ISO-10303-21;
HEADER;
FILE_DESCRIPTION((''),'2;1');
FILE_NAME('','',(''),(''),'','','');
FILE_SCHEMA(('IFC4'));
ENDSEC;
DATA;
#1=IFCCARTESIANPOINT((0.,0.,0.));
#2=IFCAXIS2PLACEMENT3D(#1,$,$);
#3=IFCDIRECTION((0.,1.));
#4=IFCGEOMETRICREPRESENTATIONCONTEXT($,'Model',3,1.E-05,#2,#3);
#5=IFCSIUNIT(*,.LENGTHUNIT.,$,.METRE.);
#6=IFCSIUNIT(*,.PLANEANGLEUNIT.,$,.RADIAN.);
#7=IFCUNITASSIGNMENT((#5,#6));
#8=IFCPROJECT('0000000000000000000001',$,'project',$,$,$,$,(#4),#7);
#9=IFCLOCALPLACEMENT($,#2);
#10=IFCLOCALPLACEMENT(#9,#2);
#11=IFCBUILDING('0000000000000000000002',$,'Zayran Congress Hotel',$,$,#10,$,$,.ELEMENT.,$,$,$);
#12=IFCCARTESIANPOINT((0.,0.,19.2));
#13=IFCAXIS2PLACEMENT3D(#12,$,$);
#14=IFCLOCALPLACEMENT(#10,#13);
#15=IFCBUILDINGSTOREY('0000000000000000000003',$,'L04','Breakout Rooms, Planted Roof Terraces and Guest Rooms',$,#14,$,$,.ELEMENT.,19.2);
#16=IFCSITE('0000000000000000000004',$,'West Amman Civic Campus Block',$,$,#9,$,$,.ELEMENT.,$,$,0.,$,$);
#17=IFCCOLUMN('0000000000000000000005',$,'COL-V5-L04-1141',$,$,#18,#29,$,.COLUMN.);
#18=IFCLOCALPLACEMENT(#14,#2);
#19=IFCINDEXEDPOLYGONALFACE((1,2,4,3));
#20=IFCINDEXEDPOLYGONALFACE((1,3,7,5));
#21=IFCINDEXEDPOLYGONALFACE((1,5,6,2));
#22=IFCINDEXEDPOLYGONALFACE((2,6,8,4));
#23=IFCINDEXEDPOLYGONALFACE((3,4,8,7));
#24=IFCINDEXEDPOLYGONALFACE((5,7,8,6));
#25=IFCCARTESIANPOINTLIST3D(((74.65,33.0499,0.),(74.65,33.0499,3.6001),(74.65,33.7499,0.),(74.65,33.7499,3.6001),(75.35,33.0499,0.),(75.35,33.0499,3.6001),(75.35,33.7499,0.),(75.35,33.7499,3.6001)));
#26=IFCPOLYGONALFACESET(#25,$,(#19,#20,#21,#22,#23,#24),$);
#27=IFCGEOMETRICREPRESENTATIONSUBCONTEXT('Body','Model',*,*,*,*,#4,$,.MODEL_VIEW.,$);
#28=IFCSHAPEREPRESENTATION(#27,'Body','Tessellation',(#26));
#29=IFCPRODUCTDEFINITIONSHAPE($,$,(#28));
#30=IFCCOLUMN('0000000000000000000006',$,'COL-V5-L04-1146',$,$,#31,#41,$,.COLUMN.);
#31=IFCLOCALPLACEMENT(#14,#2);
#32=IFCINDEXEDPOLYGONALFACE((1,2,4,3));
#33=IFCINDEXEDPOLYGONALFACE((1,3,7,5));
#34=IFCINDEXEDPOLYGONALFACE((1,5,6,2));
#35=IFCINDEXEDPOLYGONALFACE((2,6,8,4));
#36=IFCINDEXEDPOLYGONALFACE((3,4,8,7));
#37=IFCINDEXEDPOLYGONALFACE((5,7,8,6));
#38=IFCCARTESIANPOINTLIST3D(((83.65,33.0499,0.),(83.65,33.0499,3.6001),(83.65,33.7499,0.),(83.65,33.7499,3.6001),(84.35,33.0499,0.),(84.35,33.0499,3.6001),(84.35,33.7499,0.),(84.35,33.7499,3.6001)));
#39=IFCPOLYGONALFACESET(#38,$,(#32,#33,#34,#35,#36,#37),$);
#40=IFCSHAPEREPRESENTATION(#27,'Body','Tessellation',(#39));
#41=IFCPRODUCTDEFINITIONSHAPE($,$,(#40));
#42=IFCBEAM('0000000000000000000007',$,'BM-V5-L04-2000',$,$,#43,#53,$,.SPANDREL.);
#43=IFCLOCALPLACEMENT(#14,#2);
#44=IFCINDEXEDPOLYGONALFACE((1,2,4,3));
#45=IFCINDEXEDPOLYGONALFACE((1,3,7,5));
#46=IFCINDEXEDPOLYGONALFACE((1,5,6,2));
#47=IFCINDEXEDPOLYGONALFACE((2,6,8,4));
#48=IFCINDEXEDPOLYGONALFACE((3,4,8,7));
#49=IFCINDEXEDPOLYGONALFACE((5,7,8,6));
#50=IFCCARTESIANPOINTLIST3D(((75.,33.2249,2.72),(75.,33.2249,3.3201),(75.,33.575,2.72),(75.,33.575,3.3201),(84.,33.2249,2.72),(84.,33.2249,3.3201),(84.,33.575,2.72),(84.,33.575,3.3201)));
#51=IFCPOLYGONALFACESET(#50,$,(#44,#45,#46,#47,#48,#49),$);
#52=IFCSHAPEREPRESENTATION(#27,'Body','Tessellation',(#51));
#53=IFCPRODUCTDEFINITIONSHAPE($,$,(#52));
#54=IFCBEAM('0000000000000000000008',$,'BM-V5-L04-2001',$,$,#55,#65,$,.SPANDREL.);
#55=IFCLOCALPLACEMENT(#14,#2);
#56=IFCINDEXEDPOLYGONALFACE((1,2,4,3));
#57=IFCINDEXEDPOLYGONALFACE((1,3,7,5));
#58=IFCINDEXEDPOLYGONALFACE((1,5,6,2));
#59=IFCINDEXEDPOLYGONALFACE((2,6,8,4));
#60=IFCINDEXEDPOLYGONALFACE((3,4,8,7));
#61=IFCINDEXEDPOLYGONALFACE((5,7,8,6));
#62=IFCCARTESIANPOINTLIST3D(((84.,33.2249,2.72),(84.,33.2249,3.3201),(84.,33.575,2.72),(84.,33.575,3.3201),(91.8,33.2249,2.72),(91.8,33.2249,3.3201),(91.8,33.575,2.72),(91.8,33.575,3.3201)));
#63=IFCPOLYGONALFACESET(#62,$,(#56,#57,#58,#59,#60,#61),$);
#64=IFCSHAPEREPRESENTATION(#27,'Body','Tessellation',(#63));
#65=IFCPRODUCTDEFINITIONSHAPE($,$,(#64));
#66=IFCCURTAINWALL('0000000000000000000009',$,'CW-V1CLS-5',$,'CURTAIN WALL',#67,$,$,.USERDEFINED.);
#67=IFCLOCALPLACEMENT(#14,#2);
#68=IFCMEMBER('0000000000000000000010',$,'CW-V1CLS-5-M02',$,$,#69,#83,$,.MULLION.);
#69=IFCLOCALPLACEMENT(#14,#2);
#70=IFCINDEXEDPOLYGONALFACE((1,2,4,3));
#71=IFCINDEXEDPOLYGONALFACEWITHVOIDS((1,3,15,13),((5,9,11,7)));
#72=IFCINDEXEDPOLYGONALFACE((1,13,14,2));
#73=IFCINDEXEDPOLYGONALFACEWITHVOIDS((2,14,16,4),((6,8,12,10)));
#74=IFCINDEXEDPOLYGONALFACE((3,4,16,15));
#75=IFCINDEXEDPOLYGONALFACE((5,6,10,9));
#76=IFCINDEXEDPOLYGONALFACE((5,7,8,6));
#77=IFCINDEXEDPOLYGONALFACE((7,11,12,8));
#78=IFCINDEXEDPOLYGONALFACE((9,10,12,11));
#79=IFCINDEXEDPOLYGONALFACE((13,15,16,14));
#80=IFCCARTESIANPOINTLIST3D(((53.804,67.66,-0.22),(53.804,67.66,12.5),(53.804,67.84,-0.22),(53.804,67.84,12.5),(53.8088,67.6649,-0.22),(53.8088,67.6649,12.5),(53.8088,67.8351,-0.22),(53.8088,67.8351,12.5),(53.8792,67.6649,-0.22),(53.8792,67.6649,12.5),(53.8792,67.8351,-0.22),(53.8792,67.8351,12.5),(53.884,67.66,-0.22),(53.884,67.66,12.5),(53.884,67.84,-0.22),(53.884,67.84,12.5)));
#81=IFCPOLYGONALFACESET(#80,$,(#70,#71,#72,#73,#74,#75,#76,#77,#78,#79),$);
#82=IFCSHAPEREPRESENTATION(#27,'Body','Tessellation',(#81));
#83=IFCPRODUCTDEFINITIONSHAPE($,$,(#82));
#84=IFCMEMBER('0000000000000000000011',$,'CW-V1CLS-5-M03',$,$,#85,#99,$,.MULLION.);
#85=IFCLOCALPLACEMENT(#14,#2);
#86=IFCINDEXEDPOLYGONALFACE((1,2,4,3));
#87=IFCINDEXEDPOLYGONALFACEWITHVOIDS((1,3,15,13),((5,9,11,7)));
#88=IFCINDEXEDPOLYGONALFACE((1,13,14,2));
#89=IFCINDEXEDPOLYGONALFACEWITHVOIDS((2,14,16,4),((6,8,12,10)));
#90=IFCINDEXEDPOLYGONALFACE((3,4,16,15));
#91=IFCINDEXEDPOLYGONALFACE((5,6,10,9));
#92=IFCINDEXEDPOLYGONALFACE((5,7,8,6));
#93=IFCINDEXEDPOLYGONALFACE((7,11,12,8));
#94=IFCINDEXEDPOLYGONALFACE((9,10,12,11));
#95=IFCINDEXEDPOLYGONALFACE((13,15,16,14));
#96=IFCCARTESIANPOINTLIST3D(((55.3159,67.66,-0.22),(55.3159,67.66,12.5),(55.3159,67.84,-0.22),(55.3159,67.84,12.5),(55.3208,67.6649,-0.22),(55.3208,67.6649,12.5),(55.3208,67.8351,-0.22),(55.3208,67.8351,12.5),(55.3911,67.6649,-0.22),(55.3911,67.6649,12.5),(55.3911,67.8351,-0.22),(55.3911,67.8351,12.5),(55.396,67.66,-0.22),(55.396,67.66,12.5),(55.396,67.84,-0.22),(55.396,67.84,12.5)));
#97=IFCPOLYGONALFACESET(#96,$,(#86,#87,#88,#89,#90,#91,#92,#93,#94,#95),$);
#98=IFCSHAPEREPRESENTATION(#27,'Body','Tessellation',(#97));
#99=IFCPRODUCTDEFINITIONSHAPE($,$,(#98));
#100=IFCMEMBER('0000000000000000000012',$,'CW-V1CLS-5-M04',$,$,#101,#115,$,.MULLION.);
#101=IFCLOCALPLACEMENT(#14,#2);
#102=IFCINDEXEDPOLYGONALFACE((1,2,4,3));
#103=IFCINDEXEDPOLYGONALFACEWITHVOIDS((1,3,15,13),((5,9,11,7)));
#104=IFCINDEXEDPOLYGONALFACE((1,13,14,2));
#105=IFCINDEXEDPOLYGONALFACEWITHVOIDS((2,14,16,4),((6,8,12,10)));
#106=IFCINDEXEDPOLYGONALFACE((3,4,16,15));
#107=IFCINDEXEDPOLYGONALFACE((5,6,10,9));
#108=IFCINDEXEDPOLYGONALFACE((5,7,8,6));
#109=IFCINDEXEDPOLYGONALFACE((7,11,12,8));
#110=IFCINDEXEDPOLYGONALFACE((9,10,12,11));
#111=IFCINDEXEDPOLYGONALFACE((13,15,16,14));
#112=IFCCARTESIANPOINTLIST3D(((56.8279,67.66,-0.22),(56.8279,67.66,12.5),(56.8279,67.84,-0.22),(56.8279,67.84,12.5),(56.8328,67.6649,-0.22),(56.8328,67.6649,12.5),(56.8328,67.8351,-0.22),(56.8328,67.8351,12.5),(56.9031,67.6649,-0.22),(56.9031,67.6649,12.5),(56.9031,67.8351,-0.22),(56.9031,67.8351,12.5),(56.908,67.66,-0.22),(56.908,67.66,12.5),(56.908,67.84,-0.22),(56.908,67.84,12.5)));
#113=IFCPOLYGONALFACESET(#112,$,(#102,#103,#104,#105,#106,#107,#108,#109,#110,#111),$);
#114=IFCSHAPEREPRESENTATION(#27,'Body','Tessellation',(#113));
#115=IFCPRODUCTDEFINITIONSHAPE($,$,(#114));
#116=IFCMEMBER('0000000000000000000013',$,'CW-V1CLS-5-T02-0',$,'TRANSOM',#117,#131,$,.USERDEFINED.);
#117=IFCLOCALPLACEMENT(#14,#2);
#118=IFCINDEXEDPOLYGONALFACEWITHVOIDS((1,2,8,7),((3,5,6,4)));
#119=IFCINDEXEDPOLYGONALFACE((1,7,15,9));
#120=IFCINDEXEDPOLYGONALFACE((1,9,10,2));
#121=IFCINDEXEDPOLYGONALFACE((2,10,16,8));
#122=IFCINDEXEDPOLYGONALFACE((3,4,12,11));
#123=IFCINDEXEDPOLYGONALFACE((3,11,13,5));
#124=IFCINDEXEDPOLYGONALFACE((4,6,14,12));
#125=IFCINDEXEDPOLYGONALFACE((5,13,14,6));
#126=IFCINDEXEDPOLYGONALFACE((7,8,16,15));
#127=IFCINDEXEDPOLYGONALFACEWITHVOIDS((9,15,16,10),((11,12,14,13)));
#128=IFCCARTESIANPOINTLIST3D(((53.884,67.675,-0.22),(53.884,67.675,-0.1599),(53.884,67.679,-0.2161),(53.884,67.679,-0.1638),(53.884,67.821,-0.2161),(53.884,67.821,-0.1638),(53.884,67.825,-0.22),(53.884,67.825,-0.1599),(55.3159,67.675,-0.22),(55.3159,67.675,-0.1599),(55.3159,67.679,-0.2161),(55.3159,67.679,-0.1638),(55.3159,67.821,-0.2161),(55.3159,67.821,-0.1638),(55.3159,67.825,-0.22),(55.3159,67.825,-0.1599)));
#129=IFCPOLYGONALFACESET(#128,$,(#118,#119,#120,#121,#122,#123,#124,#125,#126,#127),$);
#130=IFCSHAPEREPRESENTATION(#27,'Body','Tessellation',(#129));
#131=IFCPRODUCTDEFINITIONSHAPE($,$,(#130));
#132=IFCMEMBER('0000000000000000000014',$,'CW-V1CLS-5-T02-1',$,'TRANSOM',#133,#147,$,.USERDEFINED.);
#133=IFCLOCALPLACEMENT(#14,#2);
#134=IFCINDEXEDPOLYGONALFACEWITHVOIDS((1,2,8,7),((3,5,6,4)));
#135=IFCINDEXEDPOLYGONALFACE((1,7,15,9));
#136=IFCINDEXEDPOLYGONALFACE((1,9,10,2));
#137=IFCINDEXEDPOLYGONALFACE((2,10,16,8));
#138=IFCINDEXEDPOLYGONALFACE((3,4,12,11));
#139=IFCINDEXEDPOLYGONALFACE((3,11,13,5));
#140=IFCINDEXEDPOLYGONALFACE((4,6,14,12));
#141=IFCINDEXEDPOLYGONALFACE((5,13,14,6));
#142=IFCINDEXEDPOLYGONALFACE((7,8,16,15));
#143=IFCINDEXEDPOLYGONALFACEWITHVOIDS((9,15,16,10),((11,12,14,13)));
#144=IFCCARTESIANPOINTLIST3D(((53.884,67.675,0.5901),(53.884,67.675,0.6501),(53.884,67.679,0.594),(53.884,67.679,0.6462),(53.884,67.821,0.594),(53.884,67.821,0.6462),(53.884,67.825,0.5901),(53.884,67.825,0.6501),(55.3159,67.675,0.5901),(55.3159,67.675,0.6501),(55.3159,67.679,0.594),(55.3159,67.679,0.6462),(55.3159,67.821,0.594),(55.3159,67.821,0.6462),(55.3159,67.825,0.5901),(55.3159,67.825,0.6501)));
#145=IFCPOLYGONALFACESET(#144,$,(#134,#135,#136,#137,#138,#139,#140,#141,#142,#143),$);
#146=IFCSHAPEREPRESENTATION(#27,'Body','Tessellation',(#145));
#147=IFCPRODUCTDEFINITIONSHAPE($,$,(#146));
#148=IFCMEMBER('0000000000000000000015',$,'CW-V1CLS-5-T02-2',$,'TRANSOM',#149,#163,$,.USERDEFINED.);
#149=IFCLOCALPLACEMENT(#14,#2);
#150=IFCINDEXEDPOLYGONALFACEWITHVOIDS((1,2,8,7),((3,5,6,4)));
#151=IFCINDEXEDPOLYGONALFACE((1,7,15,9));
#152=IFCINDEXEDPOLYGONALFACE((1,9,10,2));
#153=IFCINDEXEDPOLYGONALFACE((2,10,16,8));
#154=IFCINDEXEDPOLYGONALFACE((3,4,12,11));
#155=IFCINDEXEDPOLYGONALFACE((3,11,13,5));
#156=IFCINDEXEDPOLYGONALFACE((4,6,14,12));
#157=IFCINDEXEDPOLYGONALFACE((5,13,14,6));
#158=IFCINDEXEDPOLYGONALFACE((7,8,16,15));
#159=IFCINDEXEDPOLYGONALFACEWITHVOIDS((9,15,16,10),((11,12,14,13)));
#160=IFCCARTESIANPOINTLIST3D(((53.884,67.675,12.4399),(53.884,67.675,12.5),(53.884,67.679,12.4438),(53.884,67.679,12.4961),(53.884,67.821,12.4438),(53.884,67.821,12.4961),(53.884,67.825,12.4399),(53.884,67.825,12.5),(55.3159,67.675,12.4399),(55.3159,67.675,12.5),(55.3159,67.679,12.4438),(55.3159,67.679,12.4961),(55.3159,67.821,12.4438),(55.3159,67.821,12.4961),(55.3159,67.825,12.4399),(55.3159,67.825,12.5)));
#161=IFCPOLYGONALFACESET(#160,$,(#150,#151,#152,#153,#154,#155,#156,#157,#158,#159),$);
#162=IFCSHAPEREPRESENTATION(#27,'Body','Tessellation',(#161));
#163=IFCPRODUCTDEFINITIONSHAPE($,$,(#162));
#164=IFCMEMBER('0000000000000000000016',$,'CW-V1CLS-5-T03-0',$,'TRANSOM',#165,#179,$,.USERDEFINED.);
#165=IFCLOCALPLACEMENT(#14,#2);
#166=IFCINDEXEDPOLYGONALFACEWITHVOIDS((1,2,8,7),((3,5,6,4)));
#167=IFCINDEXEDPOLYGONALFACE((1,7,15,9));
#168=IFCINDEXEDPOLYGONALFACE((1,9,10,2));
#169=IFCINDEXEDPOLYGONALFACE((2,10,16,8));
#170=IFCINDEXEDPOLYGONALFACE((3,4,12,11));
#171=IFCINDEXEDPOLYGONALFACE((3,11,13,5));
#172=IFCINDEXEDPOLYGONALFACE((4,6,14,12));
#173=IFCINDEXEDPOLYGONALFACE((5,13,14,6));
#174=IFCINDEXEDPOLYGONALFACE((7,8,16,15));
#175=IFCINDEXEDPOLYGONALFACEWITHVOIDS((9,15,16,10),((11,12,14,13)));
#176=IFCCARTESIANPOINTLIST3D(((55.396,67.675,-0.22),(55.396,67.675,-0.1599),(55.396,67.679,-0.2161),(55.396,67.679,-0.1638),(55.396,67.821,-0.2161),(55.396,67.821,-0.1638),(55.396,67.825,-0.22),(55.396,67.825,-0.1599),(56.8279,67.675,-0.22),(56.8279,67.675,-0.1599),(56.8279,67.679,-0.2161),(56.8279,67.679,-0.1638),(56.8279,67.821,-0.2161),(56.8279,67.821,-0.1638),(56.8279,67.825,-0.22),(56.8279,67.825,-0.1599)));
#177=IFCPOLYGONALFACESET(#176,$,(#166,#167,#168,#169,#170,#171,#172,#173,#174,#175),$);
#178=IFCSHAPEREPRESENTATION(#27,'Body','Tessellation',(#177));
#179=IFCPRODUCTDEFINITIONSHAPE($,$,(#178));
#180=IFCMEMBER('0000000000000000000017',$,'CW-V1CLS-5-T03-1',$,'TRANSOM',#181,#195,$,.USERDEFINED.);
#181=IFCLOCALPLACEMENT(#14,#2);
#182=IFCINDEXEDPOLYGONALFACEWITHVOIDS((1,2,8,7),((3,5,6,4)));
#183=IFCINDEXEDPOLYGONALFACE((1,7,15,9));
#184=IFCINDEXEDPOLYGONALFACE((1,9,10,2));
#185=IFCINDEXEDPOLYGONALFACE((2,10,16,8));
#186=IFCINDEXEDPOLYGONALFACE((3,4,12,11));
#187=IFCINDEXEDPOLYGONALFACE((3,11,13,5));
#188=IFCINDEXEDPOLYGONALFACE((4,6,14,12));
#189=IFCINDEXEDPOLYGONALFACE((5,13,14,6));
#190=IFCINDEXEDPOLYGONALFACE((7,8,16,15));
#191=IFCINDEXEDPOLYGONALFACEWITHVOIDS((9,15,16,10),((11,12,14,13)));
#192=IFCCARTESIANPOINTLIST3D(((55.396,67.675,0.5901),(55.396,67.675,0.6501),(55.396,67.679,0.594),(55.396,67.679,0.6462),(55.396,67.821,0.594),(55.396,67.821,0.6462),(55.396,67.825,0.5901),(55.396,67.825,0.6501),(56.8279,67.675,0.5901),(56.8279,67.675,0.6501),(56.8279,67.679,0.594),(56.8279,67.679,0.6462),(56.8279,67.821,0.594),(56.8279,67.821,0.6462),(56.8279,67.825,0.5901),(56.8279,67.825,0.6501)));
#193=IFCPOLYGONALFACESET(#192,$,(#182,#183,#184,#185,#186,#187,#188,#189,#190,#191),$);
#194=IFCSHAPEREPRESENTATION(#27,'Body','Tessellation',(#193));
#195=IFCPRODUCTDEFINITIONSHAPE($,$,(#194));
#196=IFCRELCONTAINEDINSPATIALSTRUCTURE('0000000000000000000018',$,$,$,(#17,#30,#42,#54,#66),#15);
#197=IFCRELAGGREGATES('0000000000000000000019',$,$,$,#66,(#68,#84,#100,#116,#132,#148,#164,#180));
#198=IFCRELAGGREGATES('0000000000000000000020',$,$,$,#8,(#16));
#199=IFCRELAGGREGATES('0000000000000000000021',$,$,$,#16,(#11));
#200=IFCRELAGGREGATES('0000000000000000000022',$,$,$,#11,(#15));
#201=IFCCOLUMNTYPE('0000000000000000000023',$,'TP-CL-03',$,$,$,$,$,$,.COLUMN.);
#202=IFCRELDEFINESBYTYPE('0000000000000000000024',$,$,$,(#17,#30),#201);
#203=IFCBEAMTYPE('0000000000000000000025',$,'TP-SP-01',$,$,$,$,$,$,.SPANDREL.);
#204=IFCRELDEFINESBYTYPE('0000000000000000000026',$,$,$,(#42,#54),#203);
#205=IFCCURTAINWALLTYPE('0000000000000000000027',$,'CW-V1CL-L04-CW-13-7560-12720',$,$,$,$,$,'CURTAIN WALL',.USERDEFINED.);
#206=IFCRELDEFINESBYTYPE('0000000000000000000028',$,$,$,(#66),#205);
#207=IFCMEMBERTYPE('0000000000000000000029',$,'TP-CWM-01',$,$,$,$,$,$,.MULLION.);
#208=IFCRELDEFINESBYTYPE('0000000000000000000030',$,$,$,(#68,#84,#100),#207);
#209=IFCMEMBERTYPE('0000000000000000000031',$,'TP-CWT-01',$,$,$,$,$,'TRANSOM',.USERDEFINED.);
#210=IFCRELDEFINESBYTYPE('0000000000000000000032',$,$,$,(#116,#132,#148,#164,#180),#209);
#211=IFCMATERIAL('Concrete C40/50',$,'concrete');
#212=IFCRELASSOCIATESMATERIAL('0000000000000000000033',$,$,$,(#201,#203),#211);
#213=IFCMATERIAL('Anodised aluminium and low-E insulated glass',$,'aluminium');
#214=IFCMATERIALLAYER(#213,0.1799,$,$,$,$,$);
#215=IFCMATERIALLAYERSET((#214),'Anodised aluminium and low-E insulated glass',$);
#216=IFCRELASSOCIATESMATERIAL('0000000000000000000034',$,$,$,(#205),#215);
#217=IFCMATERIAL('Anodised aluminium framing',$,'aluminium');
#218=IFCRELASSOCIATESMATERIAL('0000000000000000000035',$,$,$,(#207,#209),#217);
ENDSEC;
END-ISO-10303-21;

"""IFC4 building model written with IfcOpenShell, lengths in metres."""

from ifc_helpers import new_model, si_unit, direction, frame, origin, origin_2d, place, context, subcontext, project, spatial, rectangle, hollow_rectangle, extrude, material, layer, layer_set, material_profile, profile_set, type_object, element, aggregate, save


model = new_model("IFC4")

# Units and contexts
model_context = context("Model", 3, precision=1e-05, world=origin(), true_north=direction((0.0, 1.0)))
body_context = subcontext(model_context, "Body", "Model", "MODEL_VIEW")
ifc_project = project(units=[si_unit("LENGTHUNIT", "METRE"), si_unit("PLANEANGLEUNIT", "RADIAN")], contexts=[model_context])

# Site, building, storey
site_placement = place(None, origin())
site = spatial("IfcSite", under=ifc_project, at=site_placement, Name="West Amman Civic Campus Block", CompositionType="ELEMENT", RefElevation=0.0)
building_placement = place(site_placement, origin())
building = spatial("IfcBuilding", under=site, at=building_placement, Name="Zayran Congress Hotel", CompositionType="ELEMENT")
storey_placement = place(building_placement, frame((0.0, 0.0, 19.2)))
storey = spatial("IfcBuildingStorey", under=building, at=storey_placement, Name="L04", Description="Breakout Rooms, Planted Roof Terraces and Guest Rooms", CompositionType="ELEMENT", Elevation=19.2)

# Columns
ifc_material_1 = material(Name="Concrete C40/50", Category="concrete")
ifc_material_profile_1 = material_profile(ifc_material_1, rectangle(XDim=0.7, YDim=0.7, at=origin_2d()), Name="RC 700x700")
ifc_profile_set_1 = profile_set([ifc_material_profile_1], Name="Concrete C40/50")
column_type = type_object("IfcColumnType", Name="TP-CL-03", PredefinedType="COLUMN", material=ifc_profile_set_1)
for number, where, z_axis, x_axis, name in (
    (1, (75.0, 33.3999, 0.0), (0.0, 0.0, 1.0), (1.0, 0.0, 0.0), "COL-V5-L04-1141"),
    (2, (84.0, 33.3999, 0.0), (0.0, 0.0, 1.0), (1.0, 0.0, 0.0), "COL-V5-L04-1146"),
):
    element("IfcColumn", number, at=place(storey_placement, frame(where, z_axis=z_axis, x_axis=x_axis)), inside=storey, type_object=column_type, Name=name, PredefinedType="COLUMN", context=body_context, shape_type="SweptSolid", body=[
        extrude(rectangle(XDim=0.7, YDim=0.7, at=origin_2d()), origin(), (0.0, 0.0, 1.0), 3.6001),
    ])

# Beams
ifc_material_profile_2 = material_profile(ifc_material_1, rectangle(XDim=0.3501, YDim=0.6001, at=origin_2d()), Name="RC 350x600")
ifc_profile_set_2 = profile_set([ifc_material_profile_2], Name="Concrete C40/50")
beam_type = type_object("IfcBeamType", Name="TP-SP-01", PredefinedType="SPANDREL", material=ifc_profile_set_2)
beam_1_placement = place(storey_placement, frame((75.0, 33.3999, 3.02), z_axis=(1.0, 0.0, 0.0), x_axis=(0.0, 1.0, 0.0)))
element("IfcBeam", 3, at=beam_1_placement, inside=storey, type_object=beam_type, Name="BM-V5-L04-2000", PredefinedType="SPANDREL", context=body_context, shape_type="SweptSolid", body=[
    extrude(rectangle(XDim=0.3501, YDim=0.6001, at=origin_2d()), origin(), (0.0, 0.0, 1.0), 9.0),
])
beam_2_placement = place(storey_placement, frame((84.0, 33.3999, 3.02), z_axis=(1.0, 0.0, 0.0), x_axis=(0.0, 1.0, 0.0)))
element("IfcBeam", 4, at=beam_2_placement, inside=storey, type_object=beam_type, Name="BM-V5-L04-2001", PredefinedType="SPANDREL", context=body_context, shape_type="SweptSolid", body=[
    extrude(rectangle(XDim=0.3501, YDim=0.6001, at=origin_2d()), origin(), (0.0, 0.0, 1.0), 7.8),
])

# Curtain wall, members
ifc_material_2 = material(Name="Anodised aluminium and low-E insulated glass", Category="aluminium")
ifc_layer_1 = layer(ifc_material_2, 0.1799)
ifc_layer_set_1 = layer_set([ifc_layer_1], Name="Anodised aluminium and low-E insulated glass")
curtain_wall_type = type_object("IfcCurtainWallType", Name="CW-V1CL-L04-CW-13-7560-12720", ElementType="CURTAIN WALL", PredefinedType="USERDEFINED", material=ifc_layer_set_1)
curtain_wall_placement = place(storey_placement, origin())
curtain_wall = element("IfcCurtainWall", 5, at=curtain_wall_placement, inside=storey, type_object=curtain_wall_type, Name="CW-V1CLS-5", ObjectType="CURTAIN WALL", PredefinedType="USERDEFINED")
ifc_material_3 = material(Name="Anodised aluminium framing", Category="aluminium")
ifc_material_profile_3 = material_profile(ifc_material_3, hollow_rectangle(XDim=0.0801, YDim=0.1799, WallThickness=0.0049, at=origin_2d()), Name="RHS 180x80x5")
ifc_profile_set_3 = profile_set([ifc_material_profile_3], Name="Anodised aluminium framing")
member_type_1 = type_object("IfcMemberType", Name="TP-CWM-01", PredefinedType="MULLION", material=ifc_profile_set_3)
member_1_placement = place(storey_placement, frame((53.844, 67.75, -0.22), z_axis=(0.0, 0.0, 1.0), x_axis=(1.0, 0.0, 0.0)))
member_1 = element("IfcMember", 6, at=member_1_placement, type_object=member_type_1, Name="CW-V1CLS-5-M02", PredefinedType="MULLION", context=body_context, shape_type="SweptSolid", body=[
    extrude(hollow_rectangle(XDim=0.0801, YDim=0.1799, WallThickness=0.0049, at=origin_2d()), origin(), (0.0, 0.0, 1.0), 12.72),
])
member_2_placement = place(storey_placement, frame((55.356, 67.75, -0.22), z_axis=(0.0, 0.0, 1.0), x_axis=(1.0, 0.0, 0.0)))
member_2 = element("IfcMember", 7, at=member_2_placement, type_object=member_type_1, Name="CW-V1CLS-5-M03", PredefinedType="MULLION", context=body_context, shape_type="SweptSolid", body=[
    extrude(hollow_rectangle(XDim=0.0801, YDim=0.1799, WallThickness=0.0049, at=origin_2d()), origin(), (0.0, 0.0, 1.0), 12.72),
])
member_3_placement = place(storey_placement, frame((56.8679, 67.75, -0.22), z_axis=(0.0, 0.0, 1.0), x_axis=(1.0, 0.0, 0.0)))
member_3 = element("IfcMember", 8, at=member_3_placement, type_object=member_type_1, Name="CW-V1CLS-5-M04", PredefinedType="MULLION", context=body_context, shape_type="SweptSolid", body=[
    extrude(hollow_rectangle(XDim=0.0801, YDim=0.1799, WallThickness=0.0049, at=origin_2d()), origin(), (0.0, 0.0, 1.0), 12.72),
])
ifc_material_profile_4 = material_profile(ifc_material_3, hollow_rectangle(XDim=0.0601, YDim=0.1499, WallThickness=0.0039, at=origin_2d()), Name="RHS 150x60x4")
ifc_profile_set_4 = profile_set([ifc_material_profile_4], Name="Anodised aluminium framing")
member_type_2 = type_object("IfcMemberType", Name="TP-CWT-01", ElementType="TRANSOM", PredefinedType="USERDEFINED", material=ifc_profile_set_4)
member_4_placement = place(storey_placement, frame((53.884, 67.75, -0.1899), z_axis=(1.0, 0.0, 0.0), x_axis=(0.0, 0.0, 1.0)))
member_4 = element("IfcMember", 9, at=member_4_placement, type_object=member_type_2, Name="CW-V1CLS-5-T02-0", ObjectType="TRANSOM", PredefinedType="USERDEFINED", context=body_context, shape_type="SweptSolid", body=[
    extrude(hollow_rectangle(XDim=0.0601, YDim=0.1499, WallThickness=0.0039, at=origin_2d()), origin(), (0.0, 0.0, 1.0), 1.4319),
])
member_5_placement = place(storey_placement, frame((53.884, 67.75, 0.6201), z_axis=(1.0, 0.0, 0.0), x_axis=(0.0, 0.0, 1.0)))
member_5 = element("IfcMember", 10, at=member_5_placement, type_object=member_type_2, Name="CW-V1CLS-5-T02-1", ObjectType="TRANSOM", PredefinedType="USERDEFINED", context=body_context, shape_type="SweptSolid", body=[
    extrude(hollow_rectangle(XDim=0.0601, YDim=0.1499, WallThickness=0.0039, at=origin_2d()), origin(), (0.0, 0.0, 1.0), 1.4319),
])
member_6_placement = place(storey_placement, frame((53.884, 67.75, 12.47), z_axis=(1.0, 0.0, 0.0), x_axis=(0.0, 0.0, 1.0)))
member_6 = element("IfcMember", 11, at=member_6_placement, type_object=member_type_2, Name="CW-V1CLS-5-T02-2", ObjectType="TRANSOM", PredefinedType="USERDEFINED", context=body_context, shape_type="SweptSolid", body=[
    extrude(hollow_rectangle(XDim=0.0601, YDim=0.1499, WallThickness=0.0039, at=origin_2d()), origin(), (0.0, 0.0, 1.0), 1.4319),
])
member_7_placement = place(storey_placement, frame((55.396, 67.75, -0.1899), z_axis=(1.0, 0.0, 0.0), x_axis=(0.0, 0.0, 1.0)))
member_7 = element("IfcMember", 12, at=member_7_placement, type_object=member_type_2, Name="CW-V1CLS-5-T03-0", ObjectType="TRANSOM", PredefinedType="USERDEFINED", context=body_context, shape_type="SweptSolid", body=[
    extrude(hollow_rectangle(XDim=0.0601, YDim=0.1499, WallThickness=0.0039, at=origin_2d()), origin(), (0.0, 0.0, 1.0), 1.4319),
])
member_8_placement = place(storey_placement, frame((55.396, 67.75, 0.6201), z_axis=(1.0, 0.0, 0.0), x_axis=(0.0, 0.0, 1.0)))
member_8 = element("IfcMember", 13, at=member_8_placement, type_object=member_type_2, Name="CW-V1CLS-5-T03-1", ObjectType="TRANSOM", PredefinedType="USERDEFINED", context=body_context, shape_type="SweptSolid", body=[
    extrude(hollow_rectangle(XDim=0.0601, YDim=0.1499, WallThickness=0.0039, at=origin_2d()), origin(), (0.0, 0.0, 1.0), 1.4319),
])

aggregate(curtain_wall, [member_1, member_2, member_3, member_4, member_5, member_6, member_7, member_8])

save(model, "model.ifc")
